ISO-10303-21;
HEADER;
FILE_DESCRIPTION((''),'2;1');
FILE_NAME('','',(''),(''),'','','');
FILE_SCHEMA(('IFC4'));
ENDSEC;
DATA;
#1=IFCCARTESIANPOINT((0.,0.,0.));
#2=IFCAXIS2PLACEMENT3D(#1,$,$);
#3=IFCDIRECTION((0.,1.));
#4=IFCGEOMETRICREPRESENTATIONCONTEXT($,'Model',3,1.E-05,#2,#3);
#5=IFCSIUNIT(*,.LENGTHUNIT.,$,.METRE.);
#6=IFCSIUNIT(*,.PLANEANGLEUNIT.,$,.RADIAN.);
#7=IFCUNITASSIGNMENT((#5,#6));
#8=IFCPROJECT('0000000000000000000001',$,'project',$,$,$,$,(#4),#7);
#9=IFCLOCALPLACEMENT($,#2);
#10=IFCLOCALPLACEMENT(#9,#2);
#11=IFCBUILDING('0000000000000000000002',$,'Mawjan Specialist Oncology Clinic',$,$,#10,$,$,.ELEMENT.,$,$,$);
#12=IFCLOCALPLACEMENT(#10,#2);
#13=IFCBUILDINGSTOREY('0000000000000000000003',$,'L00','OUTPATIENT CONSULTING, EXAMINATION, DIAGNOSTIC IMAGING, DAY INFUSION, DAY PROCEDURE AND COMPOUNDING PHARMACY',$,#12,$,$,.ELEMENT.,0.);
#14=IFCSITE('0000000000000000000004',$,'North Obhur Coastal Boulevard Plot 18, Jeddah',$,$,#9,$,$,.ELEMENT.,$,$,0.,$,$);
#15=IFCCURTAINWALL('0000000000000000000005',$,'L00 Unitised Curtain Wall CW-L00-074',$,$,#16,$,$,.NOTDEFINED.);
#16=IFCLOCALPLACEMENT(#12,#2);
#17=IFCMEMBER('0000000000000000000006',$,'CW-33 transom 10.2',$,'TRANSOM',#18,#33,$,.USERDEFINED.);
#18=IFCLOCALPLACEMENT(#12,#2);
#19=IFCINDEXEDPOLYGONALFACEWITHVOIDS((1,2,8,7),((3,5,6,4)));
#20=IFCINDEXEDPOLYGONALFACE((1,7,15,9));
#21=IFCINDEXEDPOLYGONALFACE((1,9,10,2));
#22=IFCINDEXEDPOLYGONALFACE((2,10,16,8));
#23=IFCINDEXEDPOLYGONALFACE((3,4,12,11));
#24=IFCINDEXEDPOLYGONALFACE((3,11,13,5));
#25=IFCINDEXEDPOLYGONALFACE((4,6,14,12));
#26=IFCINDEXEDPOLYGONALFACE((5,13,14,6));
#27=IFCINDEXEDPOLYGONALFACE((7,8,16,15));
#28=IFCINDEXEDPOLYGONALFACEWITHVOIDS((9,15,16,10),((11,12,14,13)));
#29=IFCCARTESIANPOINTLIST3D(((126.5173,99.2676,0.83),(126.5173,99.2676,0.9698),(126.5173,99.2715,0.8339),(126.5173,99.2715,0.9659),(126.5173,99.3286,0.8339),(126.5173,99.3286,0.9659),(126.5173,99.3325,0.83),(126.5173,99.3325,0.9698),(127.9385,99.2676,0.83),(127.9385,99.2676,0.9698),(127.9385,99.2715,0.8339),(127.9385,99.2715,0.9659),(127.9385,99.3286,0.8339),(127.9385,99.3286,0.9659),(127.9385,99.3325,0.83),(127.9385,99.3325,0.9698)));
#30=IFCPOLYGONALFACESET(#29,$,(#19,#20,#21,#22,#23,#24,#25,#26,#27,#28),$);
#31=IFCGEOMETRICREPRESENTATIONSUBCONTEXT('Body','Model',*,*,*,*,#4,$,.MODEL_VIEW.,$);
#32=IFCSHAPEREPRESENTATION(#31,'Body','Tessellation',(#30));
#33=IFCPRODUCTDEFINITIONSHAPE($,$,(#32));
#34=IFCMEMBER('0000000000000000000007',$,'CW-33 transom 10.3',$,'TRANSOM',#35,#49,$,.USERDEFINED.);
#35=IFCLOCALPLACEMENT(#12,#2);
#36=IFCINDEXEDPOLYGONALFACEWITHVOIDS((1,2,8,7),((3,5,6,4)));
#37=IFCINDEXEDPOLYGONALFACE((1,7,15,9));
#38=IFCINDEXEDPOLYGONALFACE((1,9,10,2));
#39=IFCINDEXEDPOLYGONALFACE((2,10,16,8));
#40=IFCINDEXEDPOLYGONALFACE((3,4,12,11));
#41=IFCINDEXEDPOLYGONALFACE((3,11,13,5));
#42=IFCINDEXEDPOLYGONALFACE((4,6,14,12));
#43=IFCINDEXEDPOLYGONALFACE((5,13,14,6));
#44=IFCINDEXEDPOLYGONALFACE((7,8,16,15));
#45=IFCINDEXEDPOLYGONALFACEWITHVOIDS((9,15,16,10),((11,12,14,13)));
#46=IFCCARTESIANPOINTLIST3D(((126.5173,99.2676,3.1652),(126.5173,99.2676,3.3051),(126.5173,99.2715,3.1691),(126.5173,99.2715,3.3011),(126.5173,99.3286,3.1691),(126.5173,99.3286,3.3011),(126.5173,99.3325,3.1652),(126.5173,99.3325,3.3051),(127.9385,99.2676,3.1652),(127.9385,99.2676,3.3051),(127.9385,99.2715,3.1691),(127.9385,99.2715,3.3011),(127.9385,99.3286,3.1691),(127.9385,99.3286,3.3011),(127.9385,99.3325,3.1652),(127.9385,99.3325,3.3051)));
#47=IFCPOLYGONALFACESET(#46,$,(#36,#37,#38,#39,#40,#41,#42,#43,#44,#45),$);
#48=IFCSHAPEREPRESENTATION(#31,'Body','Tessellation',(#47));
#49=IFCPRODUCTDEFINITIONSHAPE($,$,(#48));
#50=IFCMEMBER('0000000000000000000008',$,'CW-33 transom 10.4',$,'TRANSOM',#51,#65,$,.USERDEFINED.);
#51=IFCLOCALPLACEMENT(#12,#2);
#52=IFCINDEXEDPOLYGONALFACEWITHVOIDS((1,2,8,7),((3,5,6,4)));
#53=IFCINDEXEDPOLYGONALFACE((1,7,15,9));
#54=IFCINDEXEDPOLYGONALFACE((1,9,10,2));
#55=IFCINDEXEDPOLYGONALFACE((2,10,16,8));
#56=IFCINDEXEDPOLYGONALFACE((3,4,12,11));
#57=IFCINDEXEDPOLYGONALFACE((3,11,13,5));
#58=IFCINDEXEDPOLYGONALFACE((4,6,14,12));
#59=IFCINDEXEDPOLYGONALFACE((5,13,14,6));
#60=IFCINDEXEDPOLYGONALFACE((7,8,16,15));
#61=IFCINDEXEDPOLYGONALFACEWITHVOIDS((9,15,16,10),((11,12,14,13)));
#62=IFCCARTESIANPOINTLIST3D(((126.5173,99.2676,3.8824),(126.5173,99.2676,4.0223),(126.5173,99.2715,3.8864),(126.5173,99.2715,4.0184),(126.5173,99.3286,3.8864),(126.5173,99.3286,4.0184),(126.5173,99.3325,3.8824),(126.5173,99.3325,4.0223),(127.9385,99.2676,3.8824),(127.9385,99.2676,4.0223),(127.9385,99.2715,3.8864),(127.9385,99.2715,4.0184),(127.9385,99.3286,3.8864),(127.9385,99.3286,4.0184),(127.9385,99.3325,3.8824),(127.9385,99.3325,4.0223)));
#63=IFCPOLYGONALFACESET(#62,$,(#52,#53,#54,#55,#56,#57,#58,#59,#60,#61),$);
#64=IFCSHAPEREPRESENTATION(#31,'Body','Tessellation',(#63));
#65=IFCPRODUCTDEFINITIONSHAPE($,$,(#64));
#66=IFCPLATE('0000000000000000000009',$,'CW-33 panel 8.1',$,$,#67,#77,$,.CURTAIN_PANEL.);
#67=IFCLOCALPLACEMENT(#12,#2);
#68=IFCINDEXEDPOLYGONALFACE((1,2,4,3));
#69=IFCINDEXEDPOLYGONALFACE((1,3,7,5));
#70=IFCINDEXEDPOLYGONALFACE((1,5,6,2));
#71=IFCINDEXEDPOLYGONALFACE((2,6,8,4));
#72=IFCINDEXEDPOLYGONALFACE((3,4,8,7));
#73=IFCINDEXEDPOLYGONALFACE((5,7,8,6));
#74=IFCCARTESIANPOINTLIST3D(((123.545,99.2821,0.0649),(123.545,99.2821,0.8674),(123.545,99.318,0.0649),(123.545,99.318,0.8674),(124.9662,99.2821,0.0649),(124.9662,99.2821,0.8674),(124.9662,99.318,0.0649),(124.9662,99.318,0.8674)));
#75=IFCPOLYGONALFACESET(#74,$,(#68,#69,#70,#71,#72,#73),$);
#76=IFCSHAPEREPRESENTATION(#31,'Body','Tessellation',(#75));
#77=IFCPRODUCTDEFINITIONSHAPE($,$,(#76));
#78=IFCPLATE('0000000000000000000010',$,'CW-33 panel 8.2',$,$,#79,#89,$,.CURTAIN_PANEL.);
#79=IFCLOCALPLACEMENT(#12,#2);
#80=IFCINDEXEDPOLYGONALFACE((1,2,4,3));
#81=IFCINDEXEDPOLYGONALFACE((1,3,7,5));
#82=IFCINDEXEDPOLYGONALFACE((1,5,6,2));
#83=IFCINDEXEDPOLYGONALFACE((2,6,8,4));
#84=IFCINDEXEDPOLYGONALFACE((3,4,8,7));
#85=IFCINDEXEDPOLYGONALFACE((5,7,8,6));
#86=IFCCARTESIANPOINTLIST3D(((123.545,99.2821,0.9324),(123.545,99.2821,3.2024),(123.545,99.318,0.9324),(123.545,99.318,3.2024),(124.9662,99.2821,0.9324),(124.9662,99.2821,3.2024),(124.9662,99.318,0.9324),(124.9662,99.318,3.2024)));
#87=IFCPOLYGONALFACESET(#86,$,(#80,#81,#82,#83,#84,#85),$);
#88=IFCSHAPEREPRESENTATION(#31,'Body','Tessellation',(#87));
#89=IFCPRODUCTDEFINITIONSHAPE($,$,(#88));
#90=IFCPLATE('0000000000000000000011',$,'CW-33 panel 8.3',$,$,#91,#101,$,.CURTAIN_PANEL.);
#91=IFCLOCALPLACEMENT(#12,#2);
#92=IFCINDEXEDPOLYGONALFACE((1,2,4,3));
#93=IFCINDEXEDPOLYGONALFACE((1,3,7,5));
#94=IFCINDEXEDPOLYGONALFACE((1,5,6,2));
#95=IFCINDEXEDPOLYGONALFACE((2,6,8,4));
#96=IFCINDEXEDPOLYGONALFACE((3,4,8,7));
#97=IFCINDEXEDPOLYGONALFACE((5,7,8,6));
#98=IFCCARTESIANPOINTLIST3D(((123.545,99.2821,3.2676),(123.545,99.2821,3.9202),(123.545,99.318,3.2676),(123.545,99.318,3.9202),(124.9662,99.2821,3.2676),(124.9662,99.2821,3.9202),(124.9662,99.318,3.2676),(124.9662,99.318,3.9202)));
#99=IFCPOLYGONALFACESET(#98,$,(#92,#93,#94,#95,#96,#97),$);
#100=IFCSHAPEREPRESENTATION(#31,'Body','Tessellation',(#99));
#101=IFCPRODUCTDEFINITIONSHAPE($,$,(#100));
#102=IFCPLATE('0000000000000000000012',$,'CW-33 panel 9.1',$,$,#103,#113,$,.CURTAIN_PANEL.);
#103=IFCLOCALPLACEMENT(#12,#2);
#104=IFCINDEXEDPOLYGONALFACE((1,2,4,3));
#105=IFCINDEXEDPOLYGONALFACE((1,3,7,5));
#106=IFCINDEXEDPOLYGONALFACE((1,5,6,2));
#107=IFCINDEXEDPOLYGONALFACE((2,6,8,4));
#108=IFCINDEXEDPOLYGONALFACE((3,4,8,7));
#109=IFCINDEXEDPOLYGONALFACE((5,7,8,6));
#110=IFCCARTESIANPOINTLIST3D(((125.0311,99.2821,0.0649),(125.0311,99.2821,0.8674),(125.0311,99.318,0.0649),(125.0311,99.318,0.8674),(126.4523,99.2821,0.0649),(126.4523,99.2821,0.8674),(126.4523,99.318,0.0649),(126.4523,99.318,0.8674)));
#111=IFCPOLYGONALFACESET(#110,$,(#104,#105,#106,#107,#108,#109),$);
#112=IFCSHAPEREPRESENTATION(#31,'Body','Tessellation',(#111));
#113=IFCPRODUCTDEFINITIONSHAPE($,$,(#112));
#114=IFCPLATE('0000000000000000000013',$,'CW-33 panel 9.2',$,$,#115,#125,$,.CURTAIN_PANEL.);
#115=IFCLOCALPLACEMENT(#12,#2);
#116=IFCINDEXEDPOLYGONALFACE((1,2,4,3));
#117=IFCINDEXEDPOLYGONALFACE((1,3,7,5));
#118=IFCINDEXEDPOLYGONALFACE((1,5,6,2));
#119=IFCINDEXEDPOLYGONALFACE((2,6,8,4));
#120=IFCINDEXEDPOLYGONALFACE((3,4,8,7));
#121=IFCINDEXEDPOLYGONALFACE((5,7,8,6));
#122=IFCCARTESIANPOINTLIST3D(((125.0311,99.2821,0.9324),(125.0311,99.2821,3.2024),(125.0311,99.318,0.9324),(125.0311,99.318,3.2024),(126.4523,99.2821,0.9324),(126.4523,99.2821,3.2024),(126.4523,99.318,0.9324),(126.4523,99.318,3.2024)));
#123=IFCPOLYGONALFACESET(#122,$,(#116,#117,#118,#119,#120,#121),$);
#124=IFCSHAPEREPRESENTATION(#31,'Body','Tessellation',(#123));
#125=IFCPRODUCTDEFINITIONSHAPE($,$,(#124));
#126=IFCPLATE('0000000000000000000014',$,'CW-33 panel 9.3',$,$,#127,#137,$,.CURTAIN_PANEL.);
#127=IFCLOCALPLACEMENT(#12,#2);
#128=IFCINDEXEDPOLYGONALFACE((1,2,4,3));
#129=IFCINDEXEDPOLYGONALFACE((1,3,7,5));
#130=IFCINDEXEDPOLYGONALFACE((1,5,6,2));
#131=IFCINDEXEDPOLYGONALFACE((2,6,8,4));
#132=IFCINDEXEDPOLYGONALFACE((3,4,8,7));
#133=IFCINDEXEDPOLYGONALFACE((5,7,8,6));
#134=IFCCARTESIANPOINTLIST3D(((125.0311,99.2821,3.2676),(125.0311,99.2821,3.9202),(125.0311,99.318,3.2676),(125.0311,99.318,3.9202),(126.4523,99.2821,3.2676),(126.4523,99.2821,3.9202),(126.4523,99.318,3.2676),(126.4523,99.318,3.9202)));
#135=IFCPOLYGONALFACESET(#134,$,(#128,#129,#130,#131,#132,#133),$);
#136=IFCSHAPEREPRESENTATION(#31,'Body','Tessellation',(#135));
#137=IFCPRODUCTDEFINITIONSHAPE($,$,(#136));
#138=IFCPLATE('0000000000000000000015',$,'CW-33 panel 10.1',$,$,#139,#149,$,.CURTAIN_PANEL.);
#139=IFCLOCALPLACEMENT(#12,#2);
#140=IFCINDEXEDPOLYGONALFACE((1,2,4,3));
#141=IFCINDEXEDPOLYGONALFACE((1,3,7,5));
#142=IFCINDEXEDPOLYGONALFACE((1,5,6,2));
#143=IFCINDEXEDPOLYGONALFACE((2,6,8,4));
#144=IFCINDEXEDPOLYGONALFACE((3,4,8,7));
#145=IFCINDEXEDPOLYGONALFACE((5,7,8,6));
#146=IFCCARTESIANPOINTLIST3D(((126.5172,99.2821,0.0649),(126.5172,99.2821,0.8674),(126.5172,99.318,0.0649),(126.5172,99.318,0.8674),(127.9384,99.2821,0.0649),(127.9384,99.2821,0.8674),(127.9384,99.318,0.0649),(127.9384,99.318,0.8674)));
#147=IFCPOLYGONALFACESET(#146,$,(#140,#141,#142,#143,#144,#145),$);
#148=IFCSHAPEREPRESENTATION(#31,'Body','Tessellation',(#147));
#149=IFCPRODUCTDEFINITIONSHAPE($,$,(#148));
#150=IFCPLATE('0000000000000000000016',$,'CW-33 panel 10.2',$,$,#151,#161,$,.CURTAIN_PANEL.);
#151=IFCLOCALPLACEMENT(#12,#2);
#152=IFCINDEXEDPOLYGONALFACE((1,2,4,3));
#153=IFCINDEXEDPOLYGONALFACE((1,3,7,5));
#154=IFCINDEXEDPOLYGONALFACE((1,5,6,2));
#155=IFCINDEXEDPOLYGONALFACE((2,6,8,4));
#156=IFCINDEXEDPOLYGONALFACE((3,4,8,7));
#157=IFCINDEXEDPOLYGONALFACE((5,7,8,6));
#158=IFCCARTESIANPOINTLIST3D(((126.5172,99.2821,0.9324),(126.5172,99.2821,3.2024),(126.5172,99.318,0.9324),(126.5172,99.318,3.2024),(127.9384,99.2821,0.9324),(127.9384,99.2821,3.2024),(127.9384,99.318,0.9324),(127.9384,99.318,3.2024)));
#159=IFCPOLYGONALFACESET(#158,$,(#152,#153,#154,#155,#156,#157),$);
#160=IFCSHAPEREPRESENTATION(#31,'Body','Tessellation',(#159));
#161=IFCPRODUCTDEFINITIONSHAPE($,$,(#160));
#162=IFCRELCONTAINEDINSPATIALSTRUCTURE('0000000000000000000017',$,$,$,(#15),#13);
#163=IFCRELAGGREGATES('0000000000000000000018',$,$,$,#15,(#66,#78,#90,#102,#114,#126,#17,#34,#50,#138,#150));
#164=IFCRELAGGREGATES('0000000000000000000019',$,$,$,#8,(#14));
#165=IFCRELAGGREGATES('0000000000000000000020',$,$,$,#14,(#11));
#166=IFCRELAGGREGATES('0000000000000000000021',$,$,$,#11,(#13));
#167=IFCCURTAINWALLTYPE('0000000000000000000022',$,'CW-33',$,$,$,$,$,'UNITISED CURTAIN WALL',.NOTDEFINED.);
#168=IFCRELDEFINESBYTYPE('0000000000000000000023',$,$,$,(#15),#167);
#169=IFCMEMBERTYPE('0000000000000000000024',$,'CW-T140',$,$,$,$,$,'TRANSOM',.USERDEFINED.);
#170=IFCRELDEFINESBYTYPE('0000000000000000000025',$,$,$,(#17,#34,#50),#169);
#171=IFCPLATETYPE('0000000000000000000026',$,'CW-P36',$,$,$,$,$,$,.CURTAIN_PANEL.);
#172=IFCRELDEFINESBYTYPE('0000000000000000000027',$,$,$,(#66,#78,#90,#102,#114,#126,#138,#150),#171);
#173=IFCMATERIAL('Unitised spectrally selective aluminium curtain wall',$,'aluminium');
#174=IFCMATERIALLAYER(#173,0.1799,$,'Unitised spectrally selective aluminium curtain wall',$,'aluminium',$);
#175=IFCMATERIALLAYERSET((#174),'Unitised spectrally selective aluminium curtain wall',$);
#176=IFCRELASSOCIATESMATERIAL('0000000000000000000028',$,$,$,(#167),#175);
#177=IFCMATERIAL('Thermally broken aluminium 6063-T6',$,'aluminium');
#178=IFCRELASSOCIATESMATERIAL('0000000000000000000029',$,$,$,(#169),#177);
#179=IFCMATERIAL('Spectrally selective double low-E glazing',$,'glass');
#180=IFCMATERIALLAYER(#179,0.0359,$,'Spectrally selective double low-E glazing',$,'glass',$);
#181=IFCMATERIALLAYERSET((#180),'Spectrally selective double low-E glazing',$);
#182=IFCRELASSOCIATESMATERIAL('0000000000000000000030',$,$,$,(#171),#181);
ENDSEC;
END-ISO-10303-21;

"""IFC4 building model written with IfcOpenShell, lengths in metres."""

from ifc_helpers import new_model, si_unit, direction, frame, origin, origin_2d, place, context, subcontext, project, spatial, rectangle, hollow_rectangle, extrude, material, layer, layer_set, material_profile, profile_set, type_object, element, aggregate, save


model = new_model("IFC4")

# Units and contexts
model_context = context("Model", 3, precision=1e-05, world=origin(), true_north=direction((0.0, 1.0)))
body_context = subcontext(model_context, "Body", "Model", "MODEL_VIEW")
ifc_project = project(units=[si_unit("LENGTHUNIT", "METRE"), si_unit("PLANEANGLEUNIT", "RADIAN")], contexts=[model_context])

# Site, building, storey
site_placement = place(None, origin())
site = spatial("IfcSite", under=ifc_project, at=site_placement, Name="North Obhur Coastal Boulevard Plot 18, Jeddah", CompositionType="ELEMENT", RefElevation=0.0)
building_placement = place(site_placement, origin())
building = spatial("IfcBuilding", under=site, at=building_placement, Name="Mawjan Specialist Oncology Clinic", CompositionType="ELEMENT")
storey_placement = place(building_placement, origin())
storey = spatial("IfcBuildingStorey", under=building, at=storey_placement, Name="L00", Description="OUTPATIENT CONSULTING, EXAMINATION, DIAGNOSTIC IMAGING, DAY INFUSION, DAY PROCEDURE AND COMPOUNDING PHARMACY", CompositionType="ELEMENT", Elevation=0.0)

# Curtain wall, members, plates
ifc_material_1 = material(Name="Unitised spectrally selective aluminium curtain wall", Category="aluminium")
ifc_layer_1 = layer(ifc_material_1, 0.1799, Name="Unitised spectrally selective aluminium curtain wall", Category="aluminium")
ifc_layer_set_1 = layer_set([ifc_layer_1], Name="Unitised spectrally selective aluminium curtain wall")
curtain_wall_type = type_object("IfcCurtainWallType", Name="CW-33", ElementType="UNITISED CURTAIN WALL", PredefinedType="NOTDEFINED", material=ifc_layer_set_1)
curtain_wall_placement = place(storey_placement, origin())
curtain_wall = element("IfcCurtainWall", 1, at=curtain_wall_placement, inside=storey, type_object=curtain_wall_type, Name="L00 Unitised Curtain Wall CW-L00-074", PredefinedType="NOTDEFINED")
ifc_material_2 = material(Name="Thermally broken aluminium 6063-T6", Category="aluminium")
ifc_material_profile_1 = material_profile(ifc_material_2, hollow_rectangle(XDim=0.0649, YDim=0.1399, WallThickness=0.0039, at=origin_2d()), Name="ALU TRANSOM 140x65x4", Category="aluminium")
ifc_profile_set_1 = profile_set([ifc_material_profile_1], Name="Thermally broken aluminium 6063-T6")
member_type_1 = type_object("IfcMemberType", Name="CW-T140", ElementType="TRANSOM", PredefinedType="USERDEFINED", material=ifc_profile_set_1)
member_1_placement = place(storey_placement, frame((126.5173, 99.3, 0.8999), z_axis=(1.0, 0.0, 0.0), x_axis=(0.0, 1.0, 0.0)))
member_1 = element("IfcMember", 2, at=member_1_placement, type_object=member_type_1, Name="CW-33 transom 10.2", ObjectType="TRANSOM", PredefinedType="USERDEFINED", context=body_context, shape_type="SweptSolid", body=[
    extrude(hollow_rectangle(XDim=0.0649, YDim=0.1399, WallThickness=0.0039, at=origin_2d()), origin(), (0.0, 0.0, 1.0), 1.4211),
])
member_2_placement = place(storey_placement, frame((126.5173, 99.3, 3.2351), z_axis=(1.0, 0.0, 0.0), x_axis=(0.0, 1.0, 0.0)))
member_2 = element("IfcMember", 3, at=member_2_placement, type_object=member_type_1, Name="CW-33 transom 10.3", ObjectType="TRANSOM", PredefinedType="USERDEFINED", context=body_context, shape_type="SweptSolid", body=[
    extrude(hollow_rectangle(XDim=0.0649, YDim=0.1399, WallThickness=0.0039, at=origin_2d()), origin(), (0.0, 0.0, 1.0), 1.4211),
])
member_3_placement = place(storey_placement, frame((126.5173, 99.3, 3.9524), z_axis=(1.0, 0.0, 0.0), x_axis=(0.0, 1.0, 0.0)))
member_3 = element("IfcMember", 4, at=member_3_placement, type_object=member_type_1, Name="CW-33 transom 10.4", ObjectType="TRANSOM", PredefinedType="USERDEFINED", context=body_context, shape_type="SweptSolid", body=[
    extrude(hollow_rectangle(XDim=0.0649, YDim=0.1399, WallThickness=0.0039, at=origin_2d()), origin(), (0.0, 0.0, 1.0), 1.4211),
])
ifc_material_3 = material(Name="Spectrally selective double low-E glazing", Category="glass")
ifc_layer_2 = layer(ifc_material_3, 0.0359, Name="Spectrally selective double low-E glazing", Category="glass")
ifc_layer_set_2 = layer_set([ifc_layer_2], Name="Spectrally selective double low-E glazing")
plate_type = type_object("IfcPlateType", Name="CW-P36", PredefinedType="CURTAIN_PANEL", material=ifc_layer_set_2)
plate_1_placement = place(storey_placement, frame((124.2556, 99.3, 0.0649), z_axis=(0.0, 0.0, 1.0), x_axis=(1.0, 0.0, 0.0)))
plate_1 = element("IfcPlate", 5, at=plate_1_placement, type_object=plate_type, Name="CW-33 panel 8.1", PredefinedType="CURTAIN_PANEL", context=body_context, shape_type="SweptSolid", body=[
    extrude(rectangle(XDim=1.4211, YDim=0.0359, at=origin_2d()), origin(), (0.0, 0.0, 1.0), 0.8025),
])
plate_2_placement = place(storey_placement, frame((124.2556, 99.3, 0.9324), z_axis=(0.0, 0.0, 1.0), x_axis=(1.0, 0.0, 0.0)))
plate_2 = element("IfcPlate", 6, at=plate_2_placement, type_object=plate_type, Name="CW-33 panel 8.2", PredefinedType="CURTAIN_PANEL", context=body_context, shape_type="SweptSolid", body=[
    extrude(rectangle(XDim=1.4211, YDim=0.0359, at=origin_2d()), origin(), (0.0, 0.0, 1.0), 2.27),
])
plate_3_placement = place(storey_placement, frame((124.2556, 99.3, 3.2676), z_axis=(0.0, 0.0, 1.0), x_axis=(1.0, 0.0, 0.0)))
plate_3 = element("IfcPlate", 7, at=plate_3_placement, type_object=plate_type, Name="CW-33 panel 8.3", PredefinedType="CURTAIN_PANEL", context=body_context, shape_type="SweptSolid", body=[
    extrude(rectangle(XDim=1.4211, YDim=0.0359, at=origin_2d()), origin(), (0.0, 0.0, 1.0), 0.6526),
])
plate_4_placement = place(storey_placement, frame((125.7417, 99.3, 0.0649), z_axis=(0.0, 0.0, 1.0), x_axis=(1.0, 0.0, 0.0)))
plate_4 = element("IfcPlate", 8, at=plate_4_placement, type_object=plate_type, Name="CW-33 panel 9.1", PredefinedType="CURTAIN_PANEL", context=body_context, shape_type="SweptSolid", body=[
    extrude(rectangle(XDim=1.4211, YDim=0.0359, at=origin_2d()), origin(), (0.0, 0.0, 1.0), 0.8025),
])
plate_5_placement = place(storey_placement, frame((125.7417, 99.3, 0.9324), z_axis=(0.0, 0.0, 1.0), x_axis=(1.0, 0.0, 0.0)))
plate_5 = element("IfcPlate", 9, at=plate_5_placement, type_object=plate_type, Name="CW-33 panel 9.2", PredefinedType="CURTAIN_PANEL", context=body_context, shape_type="SweptSolid", body=[
    extrude(rectangle(XDim=1.4211, YDim=0.0359, at=origin_2d()), origin(), (0.0, 0.0, 1.0), 2.27),
])
plate_6_placement = place(storey_placement, frame((125.7417, 99.3, 3.2676), z_axis=(0.0, 0.0, 1.0), x_axis=(1.0, 0.0, 0.0)))
plate_6 = element("IfcPlate", 10, at=plate_6_placement, type_object=plate_type, Name="CW-33 panel 9.3", PredefinedType="CURTAIN_PANEL", context=body_context, shape_type="SweptSolid", body=[
    extrude(rectangle(XDim=1.4211, YDim=0.0359, at=origin_2d()), origin(), (0.0, 0.0, 1.0), 0.6526),
])
plate_7_placement = place(storey_placement, frame((127.2278, 99.3, 0.0649), z_axis=(0.0, 0.0, 1.0), x_axis=(1.0, 0.0, 0.0)))
plate_7 = element("IfcPlate", 11, at=plate_7_placement, type_object=plate_type, Name="CW-33 panel 10.1", PredefinedType="CURTAIN_PANEL", context=body_context, shape_type="SweptSolid", body=[
    extrude(rectangle(XDim=1.4211, YDim=0.0359, at=origin_2d()), origin(), (0.0, 0.0, 1.0), 0.8025),
])
plate_8_placement = place(storey_placement, frame((127.2278, 99.3, 0.9324), z_axis=(0.0, 0.0, 1.0), x_axis=(1.0, 0.0, 0.0)))
plate_8 = element("IfcPlate", 12, at=plate_8_placement, type_object=plate_type, Name="CW-33 panel 10.2", PredefinedType="CURTAIN_PANEL", context=body_context, shape_type="SweptSolid", body=[
    extrude(rectangle(XDim=1.4211, YDim=0.0359, at=origin_2d()), origin(), (0.0, 0.0, 1.0), 2.27),
])
aggregate(curtain_wall, [plate_1, plate_2, plate_3, plate_4, plate_5, plate_6, member_1, member_2, member_3, plate_7, plate_8])

save(model, "model.ifc")
